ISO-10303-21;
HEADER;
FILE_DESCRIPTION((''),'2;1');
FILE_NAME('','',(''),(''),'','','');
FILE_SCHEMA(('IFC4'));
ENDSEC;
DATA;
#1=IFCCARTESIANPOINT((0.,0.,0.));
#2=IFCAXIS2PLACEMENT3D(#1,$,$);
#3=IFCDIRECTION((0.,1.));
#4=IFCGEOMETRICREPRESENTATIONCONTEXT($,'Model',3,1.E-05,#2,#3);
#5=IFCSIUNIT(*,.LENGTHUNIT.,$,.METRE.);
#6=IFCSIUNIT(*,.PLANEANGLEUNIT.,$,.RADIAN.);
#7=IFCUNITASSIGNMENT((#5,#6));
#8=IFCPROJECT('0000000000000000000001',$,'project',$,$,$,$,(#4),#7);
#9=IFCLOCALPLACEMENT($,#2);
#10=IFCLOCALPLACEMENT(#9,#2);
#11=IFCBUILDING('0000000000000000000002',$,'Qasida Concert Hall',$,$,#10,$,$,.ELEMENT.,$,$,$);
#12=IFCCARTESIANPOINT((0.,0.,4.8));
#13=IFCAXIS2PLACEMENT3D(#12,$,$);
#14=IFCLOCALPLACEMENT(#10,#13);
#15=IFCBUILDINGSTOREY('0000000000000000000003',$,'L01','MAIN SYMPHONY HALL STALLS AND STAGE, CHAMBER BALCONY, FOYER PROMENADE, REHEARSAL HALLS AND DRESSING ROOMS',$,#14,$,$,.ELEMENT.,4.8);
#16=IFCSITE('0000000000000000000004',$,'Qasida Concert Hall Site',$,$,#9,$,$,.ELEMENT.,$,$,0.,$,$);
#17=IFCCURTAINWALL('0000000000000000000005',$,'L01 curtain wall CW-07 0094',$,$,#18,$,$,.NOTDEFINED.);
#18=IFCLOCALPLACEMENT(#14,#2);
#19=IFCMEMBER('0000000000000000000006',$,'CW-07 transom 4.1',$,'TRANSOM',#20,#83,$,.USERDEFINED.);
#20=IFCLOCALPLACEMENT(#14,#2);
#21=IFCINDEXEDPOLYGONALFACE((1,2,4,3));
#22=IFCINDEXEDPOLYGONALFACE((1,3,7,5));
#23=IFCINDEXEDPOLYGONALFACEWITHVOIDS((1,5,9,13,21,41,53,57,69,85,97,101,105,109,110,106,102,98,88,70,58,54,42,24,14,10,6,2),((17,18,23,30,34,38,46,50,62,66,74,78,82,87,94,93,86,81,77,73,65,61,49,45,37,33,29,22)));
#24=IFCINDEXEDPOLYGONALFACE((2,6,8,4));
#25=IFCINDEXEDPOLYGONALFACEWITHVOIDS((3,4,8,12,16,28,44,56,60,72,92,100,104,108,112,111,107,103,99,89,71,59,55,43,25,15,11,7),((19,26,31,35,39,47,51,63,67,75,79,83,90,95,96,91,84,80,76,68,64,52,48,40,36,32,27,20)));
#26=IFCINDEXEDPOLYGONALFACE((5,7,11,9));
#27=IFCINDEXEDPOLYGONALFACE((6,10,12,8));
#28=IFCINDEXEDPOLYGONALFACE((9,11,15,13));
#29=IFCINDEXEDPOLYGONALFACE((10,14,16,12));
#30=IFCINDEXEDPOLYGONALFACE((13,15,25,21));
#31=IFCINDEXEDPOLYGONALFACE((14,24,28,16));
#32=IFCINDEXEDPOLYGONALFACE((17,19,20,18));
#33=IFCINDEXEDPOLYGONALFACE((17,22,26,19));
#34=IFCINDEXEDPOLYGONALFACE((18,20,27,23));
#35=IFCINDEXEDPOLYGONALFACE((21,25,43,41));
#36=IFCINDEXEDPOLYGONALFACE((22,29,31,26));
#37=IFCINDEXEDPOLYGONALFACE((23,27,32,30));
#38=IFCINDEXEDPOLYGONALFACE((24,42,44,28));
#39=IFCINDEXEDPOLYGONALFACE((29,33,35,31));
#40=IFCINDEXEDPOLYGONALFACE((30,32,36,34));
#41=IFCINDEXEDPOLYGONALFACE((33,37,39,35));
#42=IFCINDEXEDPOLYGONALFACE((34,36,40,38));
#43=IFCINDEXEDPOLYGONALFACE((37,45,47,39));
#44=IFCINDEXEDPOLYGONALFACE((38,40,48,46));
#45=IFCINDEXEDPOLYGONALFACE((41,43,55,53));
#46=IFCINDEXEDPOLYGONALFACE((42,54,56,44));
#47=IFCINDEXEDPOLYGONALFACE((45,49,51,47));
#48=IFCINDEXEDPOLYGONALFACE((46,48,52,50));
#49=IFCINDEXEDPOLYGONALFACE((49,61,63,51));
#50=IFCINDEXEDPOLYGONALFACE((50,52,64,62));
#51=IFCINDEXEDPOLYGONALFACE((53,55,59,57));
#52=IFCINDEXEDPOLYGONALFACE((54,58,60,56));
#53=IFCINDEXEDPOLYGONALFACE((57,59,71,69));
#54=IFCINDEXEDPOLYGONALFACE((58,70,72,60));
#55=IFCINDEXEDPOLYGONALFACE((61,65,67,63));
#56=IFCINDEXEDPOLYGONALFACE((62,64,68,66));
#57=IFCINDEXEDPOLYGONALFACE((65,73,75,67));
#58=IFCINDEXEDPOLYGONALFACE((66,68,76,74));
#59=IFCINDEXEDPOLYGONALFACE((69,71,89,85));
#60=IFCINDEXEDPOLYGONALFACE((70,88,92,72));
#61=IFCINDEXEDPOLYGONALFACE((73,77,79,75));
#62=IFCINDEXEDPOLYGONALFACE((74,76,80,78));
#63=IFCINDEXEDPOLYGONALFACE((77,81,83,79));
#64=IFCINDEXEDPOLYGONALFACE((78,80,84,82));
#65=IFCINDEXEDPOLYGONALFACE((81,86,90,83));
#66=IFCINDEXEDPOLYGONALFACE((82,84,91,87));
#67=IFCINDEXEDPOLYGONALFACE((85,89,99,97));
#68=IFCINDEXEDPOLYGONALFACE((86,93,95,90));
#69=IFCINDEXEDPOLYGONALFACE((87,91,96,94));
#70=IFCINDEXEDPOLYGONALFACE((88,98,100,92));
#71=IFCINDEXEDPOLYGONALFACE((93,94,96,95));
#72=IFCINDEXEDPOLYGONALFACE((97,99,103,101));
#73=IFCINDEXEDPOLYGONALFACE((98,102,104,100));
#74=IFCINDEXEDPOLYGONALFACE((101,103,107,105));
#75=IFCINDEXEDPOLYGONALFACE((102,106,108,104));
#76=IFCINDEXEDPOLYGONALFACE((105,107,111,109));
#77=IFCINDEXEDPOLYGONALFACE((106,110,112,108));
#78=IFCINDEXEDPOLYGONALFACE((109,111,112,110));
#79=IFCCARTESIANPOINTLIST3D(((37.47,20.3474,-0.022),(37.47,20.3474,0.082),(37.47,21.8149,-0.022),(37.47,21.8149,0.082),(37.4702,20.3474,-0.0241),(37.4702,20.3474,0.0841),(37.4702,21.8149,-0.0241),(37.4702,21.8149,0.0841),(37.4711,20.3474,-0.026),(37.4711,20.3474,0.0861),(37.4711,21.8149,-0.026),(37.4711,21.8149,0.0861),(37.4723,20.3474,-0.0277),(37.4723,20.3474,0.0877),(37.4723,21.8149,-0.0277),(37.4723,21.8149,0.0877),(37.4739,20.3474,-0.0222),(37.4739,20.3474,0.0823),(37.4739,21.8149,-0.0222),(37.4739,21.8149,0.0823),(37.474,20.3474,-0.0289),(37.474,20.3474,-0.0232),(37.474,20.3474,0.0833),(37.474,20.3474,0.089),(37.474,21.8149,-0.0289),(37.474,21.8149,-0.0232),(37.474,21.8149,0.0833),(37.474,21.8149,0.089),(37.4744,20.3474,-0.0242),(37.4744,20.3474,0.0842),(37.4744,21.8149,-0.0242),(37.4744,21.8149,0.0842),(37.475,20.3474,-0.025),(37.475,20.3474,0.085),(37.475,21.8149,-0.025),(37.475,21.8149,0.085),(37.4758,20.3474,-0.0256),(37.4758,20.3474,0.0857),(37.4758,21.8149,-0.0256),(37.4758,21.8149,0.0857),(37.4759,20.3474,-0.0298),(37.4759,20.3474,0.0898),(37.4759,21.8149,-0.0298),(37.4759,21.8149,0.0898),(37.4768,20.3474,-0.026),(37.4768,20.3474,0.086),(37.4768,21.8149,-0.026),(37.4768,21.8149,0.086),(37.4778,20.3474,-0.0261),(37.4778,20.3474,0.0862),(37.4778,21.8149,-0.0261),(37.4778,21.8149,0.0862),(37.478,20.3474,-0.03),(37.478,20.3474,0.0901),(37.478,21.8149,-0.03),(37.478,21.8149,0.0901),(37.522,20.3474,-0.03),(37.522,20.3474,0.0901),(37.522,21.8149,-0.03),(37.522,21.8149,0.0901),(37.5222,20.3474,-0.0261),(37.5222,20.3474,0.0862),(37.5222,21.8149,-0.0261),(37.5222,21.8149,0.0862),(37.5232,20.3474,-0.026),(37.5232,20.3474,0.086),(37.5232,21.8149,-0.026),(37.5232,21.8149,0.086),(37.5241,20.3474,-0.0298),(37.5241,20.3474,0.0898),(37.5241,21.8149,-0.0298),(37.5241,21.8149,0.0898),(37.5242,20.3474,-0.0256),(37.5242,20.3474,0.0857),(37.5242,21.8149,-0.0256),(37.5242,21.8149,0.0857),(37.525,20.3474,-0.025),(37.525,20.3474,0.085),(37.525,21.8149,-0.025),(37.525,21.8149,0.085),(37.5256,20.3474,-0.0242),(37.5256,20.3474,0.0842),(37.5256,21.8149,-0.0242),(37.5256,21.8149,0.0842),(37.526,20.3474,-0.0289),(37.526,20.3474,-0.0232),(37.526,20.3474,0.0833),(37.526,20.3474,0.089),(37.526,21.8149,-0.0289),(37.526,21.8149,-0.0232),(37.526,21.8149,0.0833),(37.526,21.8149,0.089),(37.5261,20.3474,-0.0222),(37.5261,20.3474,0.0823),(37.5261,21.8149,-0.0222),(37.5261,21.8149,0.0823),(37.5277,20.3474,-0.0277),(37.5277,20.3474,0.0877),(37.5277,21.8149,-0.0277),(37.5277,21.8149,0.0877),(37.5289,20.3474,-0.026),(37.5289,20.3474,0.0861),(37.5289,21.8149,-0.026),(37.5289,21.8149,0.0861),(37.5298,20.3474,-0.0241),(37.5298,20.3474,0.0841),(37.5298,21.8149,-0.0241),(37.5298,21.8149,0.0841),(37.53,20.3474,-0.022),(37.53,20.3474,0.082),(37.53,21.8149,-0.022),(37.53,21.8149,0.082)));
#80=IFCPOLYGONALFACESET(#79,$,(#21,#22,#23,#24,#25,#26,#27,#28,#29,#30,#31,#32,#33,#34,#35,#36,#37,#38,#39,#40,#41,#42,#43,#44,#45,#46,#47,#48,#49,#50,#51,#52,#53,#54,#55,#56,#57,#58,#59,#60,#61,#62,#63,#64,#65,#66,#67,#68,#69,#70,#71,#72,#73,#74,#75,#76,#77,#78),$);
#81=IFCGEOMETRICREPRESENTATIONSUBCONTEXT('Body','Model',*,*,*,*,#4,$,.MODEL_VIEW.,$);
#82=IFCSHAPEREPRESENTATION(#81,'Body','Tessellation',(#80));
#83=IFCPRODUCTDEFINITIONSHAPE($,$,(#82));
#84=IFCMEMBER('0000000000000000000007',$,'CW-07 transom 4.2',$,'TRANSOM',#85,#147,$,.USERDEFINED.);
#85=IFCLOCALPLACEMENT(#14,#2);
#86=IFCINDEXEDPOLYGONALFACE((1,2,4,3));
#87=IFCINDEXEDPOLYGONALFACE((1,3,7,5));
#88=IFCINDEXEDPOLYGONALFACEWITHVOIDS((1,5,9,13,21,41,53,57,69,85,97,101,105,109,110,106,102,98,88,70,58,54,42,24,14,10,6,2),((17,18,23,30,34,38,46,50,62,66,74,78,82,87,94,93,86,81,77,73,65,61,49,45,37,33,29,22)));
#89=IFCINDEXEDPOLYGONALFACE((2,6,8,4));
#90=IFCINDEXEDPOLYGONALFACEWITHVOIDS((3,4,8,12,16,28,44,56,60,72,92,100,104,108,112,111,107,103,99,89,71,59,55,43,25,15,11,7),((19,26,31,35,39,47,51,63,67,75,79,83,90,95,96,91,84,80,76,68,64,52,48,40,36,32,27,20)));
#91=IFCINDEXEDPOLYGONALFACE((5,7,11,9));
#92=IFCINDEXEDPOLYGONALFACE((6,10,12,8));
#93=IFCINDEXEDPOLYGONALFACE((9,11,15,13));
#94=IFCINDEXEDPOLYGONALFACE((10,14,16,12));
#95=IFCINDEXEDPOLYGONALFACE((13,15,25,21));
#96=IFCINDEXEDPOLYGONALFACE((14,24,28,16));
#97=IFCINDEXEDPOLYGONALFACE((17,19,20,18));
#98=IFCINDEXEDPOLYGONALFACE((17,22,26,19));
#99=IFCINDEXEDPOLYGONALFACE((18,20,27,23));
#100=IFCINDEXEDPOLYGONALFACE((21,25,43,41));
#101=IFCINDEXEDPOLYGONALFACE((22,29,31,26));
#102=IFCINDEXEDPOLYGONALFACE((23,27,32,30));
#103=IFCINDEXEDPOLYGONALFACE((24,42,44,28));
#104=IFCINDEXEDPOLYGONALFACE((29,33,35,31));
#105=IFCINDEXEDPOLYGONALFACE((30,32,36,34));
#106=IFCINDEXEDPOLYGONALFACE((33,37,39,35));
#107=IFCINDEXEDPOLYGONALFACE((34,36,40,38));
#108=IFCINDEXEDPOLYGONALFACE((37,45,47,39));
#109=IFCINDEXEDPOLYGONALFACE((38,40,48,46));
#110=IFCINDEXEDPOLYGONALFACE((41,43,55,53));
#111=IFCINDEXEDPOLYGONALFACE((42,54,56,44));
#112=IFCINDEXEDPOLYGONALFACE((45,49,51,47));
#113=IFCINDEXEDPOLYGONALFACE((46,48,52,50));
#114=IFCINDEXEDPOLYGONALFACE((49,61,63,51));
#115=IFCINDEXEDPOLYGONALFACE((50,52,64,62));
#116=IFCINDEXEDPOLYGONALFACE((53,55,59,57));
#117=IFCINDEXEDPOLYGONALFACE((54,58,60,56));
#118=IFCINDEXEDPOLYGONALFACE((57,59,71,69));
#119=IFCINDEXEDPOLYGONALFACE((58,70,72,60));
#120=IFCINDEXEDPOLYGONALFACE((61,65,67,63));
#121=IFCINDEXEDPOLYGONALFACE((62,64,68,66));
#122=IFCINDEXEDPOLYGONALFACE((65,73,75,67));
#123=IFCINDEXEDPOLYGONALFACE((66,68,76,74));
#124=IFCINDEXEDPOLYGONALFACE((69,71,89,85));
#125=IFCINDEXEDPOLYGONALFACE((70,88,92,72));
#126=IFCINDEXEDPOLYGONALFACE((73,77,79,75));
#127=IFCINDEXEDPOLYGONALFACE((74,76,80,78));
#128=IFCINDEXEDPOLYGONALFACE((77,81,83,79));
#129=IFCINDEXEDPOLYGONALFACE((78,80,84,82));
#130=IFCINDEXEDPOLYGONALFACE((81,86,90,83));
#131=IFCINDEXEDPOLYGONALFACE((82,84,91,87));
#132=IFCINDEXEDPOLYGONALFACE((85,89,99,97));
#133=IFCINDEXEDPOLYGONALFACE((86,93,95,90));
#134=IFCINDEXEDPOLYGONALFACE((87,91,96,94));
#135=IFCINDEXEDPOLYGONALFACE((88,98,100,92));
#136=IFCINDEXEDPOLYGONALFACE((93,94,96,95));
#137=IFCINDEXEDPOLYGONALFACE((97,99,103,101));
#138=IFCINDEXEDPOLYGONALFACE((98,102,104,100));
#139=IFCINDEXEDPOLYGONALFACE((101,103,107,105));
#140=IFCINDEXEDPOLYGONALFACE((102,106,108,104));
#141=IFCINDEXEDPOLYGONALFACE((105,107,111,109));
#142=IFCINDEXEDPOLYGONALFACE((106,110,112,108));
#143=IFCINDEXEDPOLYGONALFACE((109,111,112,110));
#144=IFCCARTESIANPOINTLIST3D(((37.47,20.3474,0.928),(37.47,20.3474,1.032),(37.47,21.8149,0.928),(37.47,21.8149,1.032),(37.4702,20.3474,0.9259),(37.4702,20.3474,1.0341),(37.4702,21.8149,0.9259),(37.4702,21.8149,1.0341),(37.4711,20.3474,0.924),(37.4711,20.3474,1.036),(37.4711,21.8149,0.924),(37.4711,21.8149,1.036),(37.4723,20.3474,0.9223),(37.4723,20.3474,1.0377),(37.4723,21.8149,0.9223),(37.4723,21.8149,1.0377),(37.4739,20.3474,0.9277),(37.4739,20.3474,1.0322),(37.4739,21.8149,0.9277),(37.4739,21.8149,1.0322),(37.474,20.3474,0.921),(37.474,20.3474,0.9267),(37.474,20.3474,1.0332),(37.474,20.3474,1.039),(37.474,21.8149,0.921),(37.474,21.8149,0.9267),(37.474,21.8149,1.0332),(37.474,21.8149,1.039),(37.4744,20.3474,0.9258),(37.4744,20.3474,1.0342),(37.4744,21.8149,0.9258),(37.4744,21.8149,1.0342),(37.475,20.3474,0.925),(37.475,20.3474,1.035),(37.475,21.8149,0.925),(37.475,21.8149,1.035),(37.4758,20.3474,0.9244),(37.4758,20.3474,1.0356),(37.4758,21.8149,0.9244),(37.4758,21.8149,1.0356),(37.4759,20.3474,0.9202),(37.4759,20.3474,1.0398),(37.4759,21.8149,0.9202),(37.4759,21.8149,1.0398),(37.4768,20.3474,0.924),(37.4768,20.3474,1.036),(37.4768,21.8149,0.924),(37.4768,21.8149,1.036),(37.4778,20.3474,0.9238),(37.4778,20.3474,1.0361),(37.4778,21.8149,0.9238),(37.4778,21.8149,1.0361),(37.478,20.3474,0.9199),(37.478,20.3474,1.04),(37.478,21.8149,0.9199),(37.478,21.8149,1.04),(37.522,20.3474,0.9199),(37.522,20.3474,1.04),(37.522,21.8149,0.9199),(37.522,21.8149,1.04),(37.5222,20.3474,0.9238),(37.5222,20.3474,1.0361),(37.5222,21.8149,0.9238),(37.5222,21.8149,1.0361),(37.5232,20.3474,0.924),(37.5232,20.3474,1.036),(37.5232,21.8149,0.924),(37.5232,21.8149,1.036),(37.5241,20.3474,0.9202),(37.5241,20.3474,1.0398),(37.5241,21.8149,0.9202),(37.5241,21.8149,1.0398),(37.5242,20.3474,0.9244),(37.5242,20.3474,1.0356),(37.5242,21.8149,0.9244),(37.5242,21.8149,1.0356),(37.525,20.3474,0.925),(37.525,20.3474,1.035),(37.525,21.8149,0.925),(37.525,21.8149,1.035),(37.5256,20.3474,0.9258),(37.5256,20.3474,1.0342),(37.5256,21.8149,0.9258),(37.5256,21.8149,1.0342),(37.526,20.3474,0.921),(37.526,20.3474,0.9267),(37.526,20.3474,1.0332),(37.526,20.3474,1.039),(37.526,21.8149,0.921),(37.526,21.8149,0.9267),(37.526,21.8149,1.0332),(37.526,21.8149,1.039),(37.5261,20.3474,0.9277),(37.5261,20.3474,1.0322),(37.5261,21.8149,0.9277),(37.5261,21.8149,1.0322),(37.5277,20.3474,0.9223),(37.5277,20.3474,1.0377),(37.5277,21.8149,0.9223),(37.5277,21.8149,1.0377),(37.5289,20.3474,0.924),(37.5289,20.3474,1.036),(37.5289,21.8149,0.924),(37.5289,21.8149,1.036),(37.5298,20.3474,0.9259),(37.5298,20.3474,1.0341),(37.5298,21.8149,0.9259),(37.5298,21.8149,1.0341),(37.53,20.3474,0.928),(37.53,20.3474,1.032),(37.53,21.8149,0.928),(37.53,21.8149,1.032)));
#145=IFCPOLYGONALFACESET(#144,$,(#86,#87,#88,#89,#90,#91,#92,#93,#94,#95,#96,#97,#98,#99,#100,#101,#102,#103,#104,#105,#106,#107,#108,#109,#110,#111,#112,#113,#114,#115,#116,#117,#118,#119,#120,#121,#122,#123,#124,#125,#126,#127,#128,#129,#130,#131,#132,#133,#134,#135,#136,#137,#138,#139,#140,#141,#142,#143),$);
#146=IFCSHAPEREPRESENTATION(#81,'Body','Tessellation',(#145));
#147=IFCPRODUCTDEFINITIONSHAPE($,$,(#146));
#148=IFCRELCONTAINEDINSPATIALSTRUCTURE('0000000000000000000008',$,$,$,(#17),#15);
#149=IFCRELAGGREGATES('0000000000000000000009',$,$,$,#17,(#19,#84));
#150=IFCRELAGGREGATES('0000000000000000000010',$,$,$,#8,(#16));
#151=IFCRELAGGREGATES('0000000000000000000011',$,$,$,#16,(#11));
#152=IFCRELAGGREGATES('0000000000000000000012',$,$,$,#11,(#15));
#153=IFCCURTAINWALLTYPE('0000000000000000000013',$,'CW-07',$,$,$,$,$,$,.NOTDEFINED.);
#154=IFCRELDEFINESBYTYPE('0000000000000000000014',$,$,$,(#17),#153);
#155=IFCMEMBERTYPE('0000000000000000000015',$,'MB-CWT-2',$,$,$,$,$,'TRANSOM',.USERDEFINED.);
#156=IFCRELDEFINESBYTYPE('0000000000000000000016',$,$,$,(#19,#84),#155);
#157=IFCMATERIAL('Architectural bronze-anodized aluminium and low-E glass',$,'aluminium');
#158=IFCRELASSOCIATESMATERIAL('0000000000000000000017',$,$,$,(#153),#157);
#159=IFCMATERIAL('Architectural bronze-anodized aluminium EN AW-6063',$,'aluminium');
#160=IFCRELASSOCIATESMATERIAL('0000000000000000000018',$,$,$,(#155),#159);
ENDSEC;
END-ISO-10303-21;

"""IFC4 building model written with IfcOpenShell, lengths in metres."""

from ifc_helpers import new_model, si_unit, direction, frame, origin, origin_2d, place, context, subcontext, project, spatial, hollow_rectangle, extrude, material, material_profile, profile_set, type_object, element, aggregate, save


model = new_model("IFC4")

# Units and contexts
model_context = context("Model", 3, precision=1e-05, world=origin(), true_north=direction((0.0, 1.0)))
body_context = subcontext(model_context, "Body", "Model", "MODEL_VIEW")
ifc_project = project(units=[si_unit("LENGTHUNIT", "METRE"), si_unit("PLANEANGLEUNIT", "RADIAN")], contexts=[model_context])

# Site, building, storey
site_placement = place(None, origin())
site = spatial("IfcSite", under=ifc_project, at=site_placement, Name="Qasida Concert Hall Site", CompositionType="ELEMENT", RefElevation=0.0)
building_placement = place(site_placement, origin())
building = spatial("IfcBuilding", under=site, at=building_placement, Name="Qasida Concert Hall", CompositionType="ELEMENT")
storey_placement = place(building_placement, frame((0.0, 0.0, 4.8)))
storey = spatial("IfcBuildingStorey", under=building, at=storey_placement, Name="L01", Description="MAIN SYMPHONY HALL STALLS AND STAGE, CHAMBER BALCONY, FOYER PROMENADE, REHEARSAL HALLS AND DRESSING ROOMS", CompositionType="ELEMENT", Elevation=4.8)

# Curtain wall, members
ifc_material_1 = material(Name="Architectural bronze-anodized aluminium and low-E glass", Category="aluminium")
curtain_wall_type = type_object("IfcCurtainWallType", Name="CW-07", PredefinedType="NOTDEFINED", material=ifc_material_1)
curtain_wall_placement = place(storey_placement, origin())
curtain_wall = element("IfcCurtainWall", 1, at=curtain_wall_placement, inside=storey, type_object=curtain_wall_type, Name="L01 curtain wall CW-07 0094", PredefinedType="NOTDEFINED")
ifc_material_2 = material(Name="Architectural bronze-anodized aluminium EN AW-6063", Category="aluminium")
ifc_material_profile_1 = material_profile(ifc_material_2, hollow_rectangle(XDim=0.0601, YDim=0.1201, WallThickness=0.0039, InnerFilletRadius=0.0039, OuterFilletRadius=0.0081, at=origin_2d()), Name="CWT 120x60x4")
ifc_profile_set_1 = profile_set([ifc_material_profile_1], Name="Architectural bronze-anodized aluminium EN AW-6063")
member_type_1 = type_object("IfcMemberType", Name="MB-CWT-2", ElementType="TRANSOM", PredefinedType="USERDEFINED", material=ifc_profile_set_1)
member_1_placement = place(storey_placement, frame((37.5, 20.3474, 0.03), z_axis=(0.0, 1.0, 0.0), x_axis=(-1.0, 0.0, 0.0)))
member_1 = element("IfcMember", 2, at=member_1_placement, type_object=member_type_1, Name="CW-07 transom 4.1", ObjectType="TRANSOM", PredefinedType="USERDEFINED", context=body_context, shape_type="SweptSolid", body=[
    extrude(hollow_rectangle(XDim=0.0601, YDim=0.1201, WallThickness=0.0039, InnerFilletRadius=0.0039, OuterFilletRadius=0.0081, at=origin_2d()), origin(), (0.0, 0.0, 1.0), 1.4675),
])
member_2_placement = place(storey_placement, frame((37.5, 20.3474, 0.98), z_axis=(0.0, 1.0, 0.0), x_axis=(-1.0, 0.0, 0.0)))
member_2 = element("IfcMember", 3, at=member_2_placement, type_object=member_type_1, Name="CW-07 transom 4.2", ObjectType="TRANSOM", PredefinedType="USERDEFINED", context=body_context, shape_type="SweptSolid", body=[
    extrude(hollow_rectangle(XDim=0.0601, YDim=0.1201, WallThickness=0.0039, InnerFilletRadius=0.0039, OuterFilletRadius=0.0081, at=origin_2d()), origin(), (0.0, 0.0, 1.0), 1.4675),
])
aggregate(curtain_wall, [member_1, member_2])

save(model, "model.ifc")
